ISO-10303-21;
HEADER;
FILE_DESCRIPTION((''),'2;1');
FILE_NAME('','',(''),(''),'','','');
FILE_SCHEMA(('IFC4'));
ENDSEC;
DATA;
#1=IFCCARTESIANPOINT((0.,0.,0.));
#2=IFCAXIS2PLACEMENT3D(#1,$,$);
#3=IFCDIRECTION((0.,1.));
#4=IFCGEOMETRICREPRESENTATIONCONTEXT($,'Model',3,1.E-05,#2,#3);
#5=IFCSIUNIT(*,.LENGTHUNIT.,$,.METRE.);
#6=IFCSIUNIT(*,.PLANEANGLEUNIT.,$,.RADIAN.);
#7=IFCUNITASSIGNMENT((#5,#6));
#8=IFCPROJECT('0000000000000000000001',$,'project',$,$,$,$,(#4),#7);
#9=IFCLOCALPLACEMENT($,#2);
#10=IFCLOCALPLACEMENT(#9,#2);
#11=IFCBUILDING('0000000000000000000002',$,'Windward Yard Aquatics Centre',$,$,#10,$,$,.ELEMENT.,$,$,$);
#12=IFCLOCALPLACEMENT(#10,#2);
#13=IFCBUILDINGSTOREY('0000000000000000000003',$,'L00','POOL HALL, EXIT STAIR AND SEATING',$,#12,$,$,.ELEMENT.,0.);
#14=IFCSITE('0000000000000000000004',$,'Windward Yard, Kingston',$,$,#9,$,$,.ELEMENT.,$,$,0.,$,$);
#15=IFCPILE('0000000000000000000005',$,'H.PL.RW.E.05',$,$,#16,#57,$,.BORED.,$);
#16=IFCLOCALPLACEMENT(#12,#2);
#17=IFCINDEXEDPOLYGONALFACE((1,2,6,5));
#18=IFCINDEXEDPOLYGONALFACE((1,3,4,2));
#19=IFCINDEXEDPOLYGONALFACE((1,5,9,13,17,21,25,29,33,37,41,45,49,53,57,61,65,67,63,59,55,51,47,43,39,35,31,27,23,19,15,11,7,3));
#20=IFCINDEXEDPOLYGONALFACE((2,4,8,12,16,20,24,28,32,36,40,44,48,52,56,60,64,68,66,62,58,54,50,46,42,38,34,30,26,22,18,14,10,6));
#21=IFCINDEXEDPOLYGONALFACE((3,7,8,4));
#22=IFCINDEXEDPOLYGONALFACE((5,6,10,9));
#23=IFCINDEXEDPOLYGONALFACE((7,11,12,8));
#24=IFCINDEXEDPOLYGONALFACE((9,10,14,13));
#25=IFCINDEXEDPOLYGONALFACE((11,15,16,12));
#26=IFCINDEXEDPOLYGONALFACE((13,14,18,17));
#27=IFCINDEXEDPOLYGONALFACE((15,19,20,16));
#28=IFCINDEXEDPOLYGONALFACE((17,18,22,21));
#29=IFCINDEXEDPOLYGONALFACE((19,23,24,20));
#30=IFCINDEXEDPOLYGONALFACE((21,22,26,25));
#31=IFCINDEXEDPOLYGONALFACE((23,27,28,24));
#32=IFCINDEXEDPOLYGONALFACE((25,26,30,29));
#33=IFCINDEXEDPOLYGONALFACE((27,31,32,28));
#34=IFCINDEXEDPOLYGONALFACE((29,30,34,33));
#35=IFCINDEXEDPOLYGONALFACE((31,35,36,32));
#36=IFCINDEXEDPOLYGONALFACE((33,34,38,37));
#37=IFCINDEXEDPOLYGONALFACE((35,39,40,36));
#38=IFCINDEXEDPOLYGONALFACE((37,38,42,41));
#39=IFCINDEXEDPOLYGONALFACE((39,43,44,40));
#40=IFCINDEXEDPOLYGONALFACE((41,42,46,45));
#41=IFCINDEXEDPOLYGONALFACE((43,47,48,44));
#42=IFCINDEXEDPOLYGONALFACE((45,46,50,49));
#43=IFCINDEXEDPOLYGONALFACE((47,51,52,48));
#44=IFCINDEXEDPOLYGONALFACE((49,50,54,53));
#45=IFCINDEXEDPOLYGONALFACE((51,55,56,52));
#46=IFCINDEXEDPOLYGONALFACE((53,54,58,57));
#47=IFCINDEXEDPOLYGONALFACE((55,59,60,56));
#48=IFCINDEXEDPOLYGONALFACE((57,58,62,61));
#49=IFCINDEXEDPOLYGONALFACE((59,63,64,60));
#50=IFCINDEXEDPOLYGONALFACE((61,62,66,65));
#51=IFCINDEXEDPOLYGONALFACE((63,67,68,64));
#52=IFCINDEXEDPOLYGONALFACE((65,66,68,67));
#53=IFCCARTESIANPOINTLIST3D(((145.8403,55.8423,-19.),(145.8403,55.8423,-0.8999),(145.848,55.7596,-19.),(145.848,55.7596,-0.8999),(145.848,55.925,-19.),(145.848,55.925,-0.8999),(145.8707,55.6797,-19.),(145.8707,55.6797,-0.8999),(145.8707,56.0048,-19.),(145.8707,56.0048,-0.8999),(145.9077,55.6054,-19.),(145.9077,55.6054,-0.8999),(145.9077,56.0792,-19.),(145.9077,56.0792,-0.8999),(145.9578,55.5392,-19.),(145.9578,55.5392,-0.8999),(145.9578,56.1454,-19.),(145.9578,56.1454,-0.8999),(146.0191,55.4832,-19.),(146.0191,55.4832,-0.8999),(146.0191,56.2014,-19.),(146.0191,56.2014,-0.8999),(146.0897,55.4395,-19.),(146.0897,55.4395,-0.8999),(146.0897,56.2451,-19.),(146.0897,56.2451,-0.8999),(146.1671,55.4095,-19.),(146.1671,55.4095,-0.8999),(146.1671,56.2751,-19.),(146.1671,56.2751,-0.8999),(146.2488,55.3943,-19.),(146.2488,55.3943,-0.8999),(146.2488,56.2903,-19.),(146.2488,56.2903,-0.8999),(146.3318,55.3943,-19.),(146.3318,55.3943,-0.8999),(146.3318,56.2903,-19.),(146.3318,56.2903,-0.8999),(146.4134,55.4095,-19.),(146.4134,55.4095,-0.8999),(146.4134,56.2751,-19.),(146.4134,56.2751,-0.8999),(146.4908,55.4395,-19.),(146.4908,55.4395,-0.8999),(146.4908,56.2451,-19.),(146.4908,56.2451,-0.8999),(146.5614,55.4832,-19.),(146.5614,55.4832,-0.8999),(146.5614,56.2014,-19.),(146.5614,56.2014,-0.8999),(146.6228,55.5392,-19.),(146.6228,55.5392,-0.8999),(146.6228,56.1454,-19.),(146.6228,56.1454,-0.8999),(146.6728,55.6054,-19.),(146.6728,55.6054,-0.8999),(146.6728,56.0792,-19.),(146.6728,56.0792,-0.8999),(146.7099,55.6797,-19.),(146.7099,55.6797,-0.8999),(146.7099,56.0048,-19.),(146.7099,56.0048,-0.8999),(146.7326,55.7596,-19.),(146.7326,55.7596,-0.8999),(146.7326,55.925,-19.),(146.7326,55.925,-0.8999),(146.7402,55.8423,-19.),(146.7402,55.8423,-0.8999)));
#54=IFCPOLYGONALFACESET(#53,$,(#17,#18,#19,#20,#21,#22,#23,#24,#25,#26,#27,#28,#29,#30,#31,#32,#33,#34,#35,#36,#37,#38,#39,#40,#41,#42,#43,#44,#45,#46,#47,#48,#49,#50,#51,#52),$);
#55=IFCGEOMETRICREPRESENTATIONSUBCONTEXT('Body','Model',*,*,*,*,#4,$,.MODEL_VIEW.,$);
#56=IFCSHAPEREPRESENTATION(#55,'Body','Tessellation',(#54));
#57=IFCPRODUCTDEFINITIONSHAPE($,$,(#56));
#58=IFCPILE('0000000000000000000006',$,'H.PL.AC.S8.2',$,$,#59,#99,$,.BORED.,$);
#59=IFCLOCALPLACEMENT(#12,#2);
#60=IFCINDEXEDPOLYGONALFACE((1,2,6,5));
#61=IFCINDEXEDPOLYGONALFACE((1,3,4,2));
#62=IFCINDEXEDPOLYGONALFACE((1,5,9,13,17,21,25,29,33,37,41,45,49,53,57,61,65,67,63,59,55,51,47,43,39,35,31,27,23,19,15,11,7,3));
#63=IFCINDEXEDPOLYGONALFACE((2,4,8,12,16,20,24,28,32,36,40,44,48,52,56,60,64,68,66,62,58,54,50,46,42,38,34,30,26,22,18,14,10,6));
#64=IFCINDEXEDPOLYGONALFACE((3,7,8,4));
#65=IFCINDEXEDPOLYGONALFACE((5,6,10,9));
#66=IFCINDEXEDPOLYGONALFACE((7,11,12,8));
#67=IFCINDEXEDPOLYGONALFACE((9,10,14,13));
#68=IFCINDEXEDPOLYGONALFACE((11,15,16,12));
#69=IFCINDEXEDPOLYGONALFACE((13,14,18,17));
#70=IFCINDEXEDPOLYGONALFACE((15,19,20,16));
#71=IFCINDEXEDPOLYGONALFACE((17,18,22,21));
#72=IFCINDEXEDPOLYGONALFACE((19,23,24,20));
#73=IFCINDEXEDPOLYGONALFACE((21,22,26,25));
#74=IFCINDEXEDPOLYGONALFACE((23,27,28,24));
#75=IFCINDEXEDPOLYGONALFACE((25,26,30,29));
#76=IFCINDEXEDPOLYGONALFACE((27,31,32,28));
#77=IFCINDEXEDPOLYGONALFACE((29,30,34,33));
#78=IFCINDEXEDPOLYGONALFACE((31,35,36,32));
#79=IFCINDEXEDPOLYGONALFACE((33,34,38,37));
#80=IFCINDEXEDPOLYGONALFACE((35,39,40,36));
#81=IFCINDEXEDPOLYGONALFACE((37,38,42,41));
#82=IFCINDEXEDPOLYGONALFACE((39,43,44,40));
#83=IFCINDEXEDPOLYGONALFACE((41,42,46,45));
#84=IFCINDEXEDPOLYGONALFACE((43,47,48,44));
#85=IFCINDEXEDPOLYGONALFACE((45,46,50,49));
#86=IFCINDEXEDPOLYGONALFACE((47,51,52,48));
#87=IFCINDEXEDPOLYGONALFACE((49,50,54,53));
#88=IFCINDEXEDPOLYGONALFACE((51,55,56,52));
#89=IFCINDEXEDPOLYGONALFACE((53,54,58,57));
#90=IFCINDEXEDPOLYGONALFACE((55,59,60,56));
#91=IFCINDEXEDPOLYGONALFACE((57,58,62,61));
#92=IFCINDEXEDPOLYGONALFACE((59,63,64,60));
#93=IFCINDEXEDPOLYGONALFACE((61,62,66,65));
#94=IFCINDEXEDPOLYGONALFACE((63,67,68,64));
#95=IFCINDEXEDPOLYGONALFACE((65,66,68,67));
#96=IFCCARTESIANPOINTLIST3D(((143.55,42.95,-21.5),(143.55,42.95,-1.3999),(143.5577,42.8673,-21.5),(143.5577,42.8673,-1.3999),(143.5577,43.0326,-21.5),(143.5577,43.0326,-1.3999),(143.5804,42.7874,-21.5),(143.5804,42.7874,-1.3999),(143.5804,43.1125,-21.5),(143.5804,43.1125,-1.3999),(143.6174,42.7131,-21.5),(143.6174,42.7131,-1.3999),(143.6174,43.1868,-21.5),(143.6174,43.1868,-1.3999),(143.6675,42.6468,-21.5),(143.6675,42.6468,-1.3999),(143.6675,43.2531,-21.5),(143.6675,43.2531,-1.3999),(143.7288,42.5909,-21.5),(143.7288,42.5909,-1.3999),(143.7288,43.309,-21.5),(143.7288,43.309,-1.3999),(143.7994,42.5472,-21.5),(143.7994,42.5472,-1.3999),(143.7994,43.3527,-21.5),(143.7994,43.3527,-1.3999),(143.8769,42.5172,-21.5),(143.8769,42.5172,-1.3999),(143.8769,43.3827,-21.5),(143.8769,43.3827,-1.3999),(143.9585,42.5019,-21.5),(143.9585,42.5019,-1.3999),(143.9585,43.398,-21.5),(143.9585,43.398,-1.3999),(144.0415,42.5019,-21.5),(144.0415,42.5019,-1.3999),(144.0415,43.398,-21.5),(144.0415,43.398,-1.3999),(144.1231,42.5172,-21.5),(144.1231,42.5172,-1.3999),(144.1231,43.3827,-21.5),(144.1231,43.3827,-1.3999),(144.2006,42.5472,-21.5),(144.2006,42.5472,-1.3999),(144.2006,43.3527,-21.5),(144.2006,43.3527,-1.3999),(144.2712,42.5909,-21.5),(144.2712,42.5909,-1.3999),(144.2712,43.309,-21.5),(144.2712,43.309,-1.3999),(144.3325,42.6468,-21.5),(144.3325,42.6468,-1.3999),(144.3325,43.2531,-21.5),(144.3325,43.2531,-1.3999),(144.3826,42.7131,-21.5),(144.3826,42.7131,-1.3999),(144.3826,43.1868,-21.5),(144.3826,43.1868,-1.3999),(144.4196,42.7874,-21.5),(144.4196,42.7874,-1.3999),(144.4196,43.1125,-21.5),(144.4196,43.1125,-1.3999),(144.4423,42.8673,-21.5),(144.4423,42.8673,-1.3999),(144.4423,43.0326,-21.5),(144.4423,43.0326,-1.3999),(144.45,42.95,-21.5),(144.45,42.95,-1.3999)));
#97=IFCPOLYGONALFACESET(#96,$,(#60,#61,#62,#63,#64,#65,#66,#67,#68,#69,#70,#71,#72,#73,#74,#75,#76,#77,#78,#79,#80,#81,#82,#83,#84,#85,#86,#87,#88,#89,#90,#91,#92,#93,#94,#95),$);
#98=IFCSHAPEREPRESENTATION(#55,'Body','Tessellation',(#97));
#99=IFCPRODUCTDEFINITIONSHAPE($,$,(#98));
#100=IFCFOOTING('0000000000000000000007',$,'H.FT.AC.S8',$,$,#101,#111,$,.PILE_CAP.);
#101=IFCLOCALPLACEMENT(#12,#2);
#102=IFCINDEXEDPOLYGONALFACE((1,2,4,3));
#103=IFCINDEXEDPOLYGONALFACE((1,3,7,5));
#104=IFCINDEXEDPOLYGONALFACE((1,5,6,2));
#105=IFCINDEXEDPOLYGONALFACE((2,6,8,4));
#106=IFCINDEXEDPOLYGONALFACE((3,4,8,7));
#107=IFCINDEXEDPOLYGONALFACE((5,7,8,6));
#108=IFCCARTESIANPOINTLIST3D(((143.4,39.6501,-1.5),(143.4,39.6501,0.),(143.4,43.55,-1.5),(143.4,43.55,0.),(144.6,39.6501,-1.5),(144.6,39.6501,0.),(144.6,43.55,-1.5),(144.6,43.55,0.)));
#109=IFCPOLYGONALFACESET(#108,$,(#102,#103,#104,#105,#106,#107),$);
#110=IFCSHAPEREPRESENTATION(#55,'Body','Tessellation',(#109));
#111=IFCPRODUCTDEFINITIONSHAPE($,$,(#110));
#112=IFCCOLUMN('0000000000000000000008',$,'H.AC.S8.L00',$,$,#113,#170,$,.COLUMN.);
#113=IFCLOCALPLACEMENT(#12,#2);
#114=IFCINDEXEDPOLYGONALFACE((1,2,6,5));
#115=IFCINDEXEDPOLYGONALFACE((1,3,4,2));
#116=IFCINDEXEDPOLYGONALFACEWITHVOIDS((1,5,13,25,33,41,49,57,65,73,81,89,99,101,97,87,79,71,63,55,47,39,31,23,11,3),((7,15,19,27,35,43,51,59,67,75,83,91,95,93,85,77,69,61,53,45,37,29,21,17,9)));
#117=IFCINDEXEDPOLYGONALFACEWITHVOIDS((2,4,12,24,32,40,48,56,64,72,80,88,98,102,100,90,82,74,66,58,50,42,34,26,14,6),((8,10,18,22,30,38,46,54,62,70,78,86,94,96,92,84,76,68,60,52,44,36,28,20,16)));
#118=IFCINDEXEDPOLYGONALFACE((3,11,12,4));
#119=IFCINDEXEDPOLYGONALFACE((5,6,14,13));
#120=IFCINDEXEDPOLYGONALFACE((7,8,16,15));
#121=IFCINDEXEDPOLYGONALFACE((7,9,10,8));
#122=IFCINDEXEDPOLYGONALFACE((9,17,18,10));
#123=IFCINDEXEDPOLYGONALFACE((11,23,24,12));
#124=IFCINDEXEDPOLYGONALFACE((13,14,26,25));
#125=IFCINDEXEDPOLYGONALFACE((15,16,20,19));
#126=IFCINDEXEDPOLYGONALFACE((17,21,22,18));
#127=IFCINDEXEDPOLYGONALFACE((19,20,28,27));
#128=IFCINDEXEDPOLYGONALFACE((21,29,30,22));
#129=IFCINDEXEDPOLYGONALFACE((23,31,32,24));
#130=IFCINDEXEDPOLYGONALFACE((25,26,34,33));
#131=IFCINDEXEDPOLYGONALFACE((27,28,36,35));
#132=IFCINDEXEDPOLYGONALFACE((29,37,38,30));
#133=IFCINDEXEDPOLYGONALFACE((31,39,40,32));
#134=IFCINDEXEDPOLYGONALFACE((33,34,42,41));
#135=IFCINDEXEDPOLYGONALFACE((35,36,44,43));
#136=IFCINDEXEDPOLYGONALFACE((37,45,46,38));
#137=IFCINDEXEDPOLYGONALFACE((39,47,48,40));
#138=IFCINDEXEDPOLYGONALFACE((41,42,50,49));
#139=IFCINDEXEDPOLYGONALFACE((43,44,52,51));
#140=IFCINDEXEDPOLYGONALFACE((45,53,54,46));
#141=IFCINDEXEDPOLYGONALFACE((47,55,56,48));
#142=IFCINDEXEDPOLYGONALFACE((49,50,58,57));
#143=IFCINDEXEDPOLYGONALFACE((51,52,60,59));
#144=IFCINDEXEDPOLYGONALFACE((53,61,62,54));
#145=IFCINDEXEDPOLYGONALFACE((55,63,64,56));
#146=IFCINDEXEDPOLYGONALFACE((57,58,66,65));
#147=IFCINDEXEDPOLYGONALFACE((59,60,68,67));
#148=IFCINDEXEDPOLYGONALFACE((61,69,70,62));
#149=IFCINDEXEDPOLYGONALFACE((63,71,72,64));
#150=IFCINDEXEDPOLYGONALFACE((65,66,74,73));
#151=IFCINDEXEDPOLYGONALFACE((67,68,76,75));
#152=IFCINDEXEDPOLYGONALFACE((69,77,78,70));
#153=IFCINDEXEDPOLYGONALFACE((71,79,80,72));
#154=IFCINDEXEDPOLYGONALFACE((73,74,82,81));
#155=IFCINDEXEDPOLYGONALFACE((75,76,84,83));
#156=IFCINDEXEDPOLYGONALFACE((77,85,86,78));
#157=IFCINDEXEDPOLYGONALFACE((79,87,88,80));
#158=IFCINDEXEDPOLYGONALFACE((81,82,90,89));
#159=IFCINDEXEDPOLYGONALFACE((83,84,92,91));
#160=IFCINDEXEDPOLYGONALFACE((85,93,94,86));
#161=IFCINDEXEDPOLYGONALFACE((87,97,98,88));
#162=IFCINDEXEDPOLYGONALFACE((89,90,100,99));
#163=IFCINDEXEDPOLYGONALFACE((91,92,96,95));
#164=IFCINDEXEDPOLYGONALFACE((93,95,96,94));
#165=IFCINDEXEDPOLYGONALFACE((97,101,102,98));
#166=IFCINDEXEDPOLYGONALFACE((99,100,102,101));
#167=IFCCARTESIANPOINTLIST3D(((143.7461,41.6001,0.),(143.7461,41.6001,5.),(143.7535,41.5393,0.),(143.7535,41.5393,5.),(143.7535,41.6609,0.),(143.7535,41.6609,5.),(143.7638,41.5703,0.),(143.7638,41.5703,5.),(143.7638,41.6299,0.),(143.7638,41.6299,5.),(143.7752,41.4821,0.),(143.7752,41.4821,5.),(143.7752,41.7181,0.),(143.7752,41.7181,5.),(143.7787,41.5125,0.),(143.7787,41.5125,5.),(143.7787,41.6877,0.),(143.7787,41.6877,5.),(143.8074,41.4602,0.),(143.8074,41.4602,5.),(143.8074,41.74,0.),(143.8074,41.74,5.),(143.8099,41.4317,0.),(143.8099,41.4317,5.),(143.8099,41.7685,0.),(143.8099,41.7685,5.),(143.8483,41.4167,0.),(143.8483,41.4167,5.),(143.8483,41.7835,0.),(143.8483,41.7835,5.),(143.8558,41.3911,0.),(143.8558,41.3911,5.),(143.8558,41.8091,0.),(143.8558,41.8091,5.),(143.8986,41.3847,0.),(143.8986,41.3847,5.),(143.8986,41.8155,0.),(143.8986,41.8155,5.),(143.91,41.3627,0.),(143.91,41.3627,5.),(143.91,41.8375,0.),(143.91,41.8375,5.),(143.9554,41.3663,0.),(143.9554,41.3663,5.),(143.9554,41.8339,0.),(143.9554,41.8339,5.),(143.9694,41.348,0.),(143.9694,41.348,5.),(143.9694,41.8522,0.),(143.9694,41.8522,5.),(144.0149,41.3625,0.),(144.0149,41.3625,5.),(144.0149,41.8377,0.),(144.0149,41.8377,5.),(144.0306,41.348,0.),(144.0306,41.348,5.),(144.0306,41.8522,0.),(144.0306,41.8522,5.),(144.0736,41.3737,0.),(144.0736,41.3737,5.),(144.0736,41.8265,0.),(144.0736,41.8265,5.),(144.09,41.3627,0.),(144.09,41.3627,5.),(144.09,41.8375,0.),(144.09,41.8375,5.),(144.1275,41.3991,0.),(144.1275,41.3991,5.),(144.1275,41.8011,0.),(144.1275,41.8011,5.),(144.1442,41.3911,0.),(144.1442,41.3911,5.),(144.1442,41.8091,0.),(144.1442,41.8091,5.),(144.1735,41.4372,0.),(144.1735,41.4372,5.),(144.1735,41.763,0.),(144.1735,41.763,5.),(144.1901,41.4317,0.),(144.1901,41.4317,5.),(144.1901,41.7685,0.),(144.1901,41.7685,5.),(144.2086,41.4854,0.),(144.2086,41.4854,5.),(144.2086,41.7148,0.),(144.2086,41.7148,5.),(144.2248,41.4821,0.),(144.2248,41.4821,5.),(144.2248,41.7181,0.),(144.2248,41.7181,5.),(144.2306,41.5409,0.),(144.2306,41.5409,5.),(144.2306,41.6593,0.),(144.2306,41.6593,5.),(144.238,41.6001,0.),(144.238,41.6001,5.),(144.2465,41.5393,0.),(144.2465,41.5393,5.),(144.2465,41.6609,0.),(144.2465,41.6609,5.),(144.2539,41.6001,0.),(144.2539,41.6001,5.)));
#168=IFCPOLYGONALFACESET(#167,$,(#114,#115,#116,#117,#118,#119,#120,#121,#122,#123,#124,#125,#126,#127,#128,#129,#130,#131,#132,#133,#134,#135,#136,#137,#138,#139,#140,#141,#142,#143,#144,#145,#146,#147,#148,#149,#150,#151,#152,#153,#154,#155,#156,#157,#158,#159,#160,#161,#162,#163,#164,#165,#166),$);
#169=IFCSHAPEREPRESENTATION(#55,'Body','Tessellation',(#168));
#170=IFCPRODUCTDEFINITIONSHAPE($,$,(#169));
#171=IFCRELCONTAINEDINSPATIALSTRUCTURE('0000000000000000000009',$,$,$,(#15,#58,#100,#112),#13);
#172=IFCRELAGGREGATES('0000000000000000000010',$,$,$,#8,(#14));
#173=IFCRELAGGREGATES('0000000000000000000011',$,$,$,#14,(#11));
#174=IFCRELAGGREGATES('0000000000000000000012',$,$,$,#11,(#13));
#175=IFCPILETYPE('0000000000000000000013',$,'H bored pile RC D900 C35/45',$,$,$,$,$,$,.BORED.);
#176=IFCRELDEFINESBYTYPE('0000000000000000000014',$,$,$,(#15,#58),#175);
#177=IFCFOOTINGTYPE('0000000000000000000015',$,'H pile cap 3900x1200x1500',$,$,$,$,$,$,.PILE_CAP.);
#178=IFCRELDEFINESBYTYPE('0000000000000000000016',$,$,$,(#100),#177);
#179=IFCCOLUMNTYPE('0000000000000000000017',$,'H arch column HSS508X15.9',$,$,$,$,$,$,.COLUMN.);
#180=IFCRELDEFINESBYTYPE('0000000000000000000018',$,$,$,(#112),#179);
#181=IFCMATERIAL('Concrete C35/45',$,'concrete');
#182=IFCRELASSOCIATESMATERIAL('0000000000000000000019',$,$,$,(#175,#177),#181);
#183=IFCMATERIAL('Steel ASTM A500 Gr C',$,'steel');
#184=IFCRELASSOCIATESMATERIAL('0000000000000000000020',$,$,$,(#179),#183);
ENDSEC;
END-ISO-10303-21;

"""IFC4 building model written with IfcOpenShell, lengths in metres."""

from ifc_helpers import new_model, si_unit, direction, frame, origin, origin_2d, place, context, subcontext, project, spatial, rectangle, circle, hollow_circle, extrude, material, material_profile, profile_set, type_object, element, save


model = new_model("IFC4")

# Units and contexts
model_context = context("Model", 3, precision=1e-05, world=origin(), true_north=direction((0.0, 1.0)))
body_context = subcontext(model_context, "Body", "Model", "MODEL_VIEW")
ifc_project = project(units=[si_unit("LENGTHUNIT", "METRE"), si_unit("PLANEANGLEUNIT", "RADIAN")], contexts=[model_context])

# Site, building, storey
site_placement = place(None, origin())
site = spatial("IfcSite", under=ifc_project, at=site_placement, Name="Windward Yard, Kingston", CompositionType="ELEMENT", RefElevation=0.0)
building_placement = place(site_placement, origin())
building = spatial("IfcBuilding", under=site, at=building_placement, Name="Windward Yard Aquatics Centre", CompositionType="ELEMENT")
storey_placement = place(building_placement, origin())
storey = spatial("IfcBuildingStorey", under=building, at=storey_placement, Name="L00", Description="POOL HALL, EXIT STAIR AND SEATING", CompositionType="ELEMENT", Elevation=0.0)

# Piles
ifc_material_1 = material(Name="Concrete C35/45", Category="concrete")
ifc_material_profile_1 = material_profile(ifc_material_1, circle(Radius=0.45, at=origin_2d()), Name="RC D900")
ifc_profile_set_1 = profile_set([ifc_material_profile_1], Name="Concrete C35/45")
pile_type = type_object("IfcPileType", Name="H bored pile RC D900 C35/45", PredefinedType="BORED", material=ifc_profile_set_1)
for number, where, z_axis, x_axis, name in (
    (1, (146.2903, 55.8423, -0.8999), (0.0, 0.0, -1.0), (1.0, 0.0, 0.0), "H.PL.RW.E.05"),
):
    element("IfcPile", number, at=place(storey_placement, frame(where, z_axis=z_axis, x_axis=x_axis)), inside=storey, type_object=pile_type, Name=name, PredefinedType="BORED", context=body_context, shape_type="SweptSolid", body=[
        extrude(circle(Radius=0.45, at=origin_2d()), origin(), (0.0, 0.0, 1.0), 18.1001),
    ])
pile_placement = place(storey_placement, frame((144.0, 42.95, -1.3999), z_axis=(0.0, 0.0, -1.0), x_axis=(1.0, 0.0, 0.0)))
element("IfcPile", 2, at=pile_placement, inside=storey, type_object=pile_type, Name="H.PL.AC.S8.2", PredefinedType="BORED", context=body_context, shape_type="SweptSolid", body=[
    extrude(circle(Radius=0.45, at=origin_2d()), origin(), (0.0, 0.0, 1.0), 20.1001),
])

# Footing
footing_type = type_object("IfcFootingType", Name="H pile cap 3900x1200x1500", PredefinedType="PILE_CAP", material=ifc_material_1)
footing_placement = place(storey_placement, frame((144.0, 41.6001, -1.5), z_axis=(0.0, 0.0, 1.0), x_axis=(0.0, 1.0, 0.0)))
element("IfcFooting", 3, at=footing_placement, inside=storey, type_object=footing_type, Name="H.FT.AC.S8", PredefinedType="PILE_CAP", context=body_context, shape_type="SweptSolid", body=[
    extrude(rectangle(XDim=3.8999, YDim=1.2, at=origin_2d()), origin(), (0.0, 0.0, 1.0), 1.5),
])

# Column
ifc_material_2 = material(Name="Steel ASTM A500 Gr C", Category="steel")
ifc_material_profile_2 = material_profile(ifc_material_2, hollow_circle(Radius=0.2539, WallThickness=0.0159, at=origin_2d()), Name="HSS508X15.9")
ifc_profile_set_2 = profile_set([ifc_material_profile_2], Name="Steel ASTM A500 Gr C")
column_type = type_object("IfcColumnType", Name="H arch column HSS508X15.9", PredefinedType="COLUMN", material=ifc_profile_set_2)
column_placement = place(storey_placement, frame((144.0, 41.6001, 0.0), z_axis=(0.0, 0.0, 1.0), x_axis=(1.0, 0.0, 0.0)))
element("IfcColumn", 4, at=column_placement, inside=storey, type_object=column_type, Name="H.AC.S8.L00", PredefinedType="COLUMN", context=body_context, shape_type="SweptSolid", body=[
    extrude(hollow_circle(Radius=0.2539, WallThickness=0.0159, at=origin_2d()), origin(), (0.0, 0.0, 1.0), 5.0),
])

save(model, "model.ifc")
